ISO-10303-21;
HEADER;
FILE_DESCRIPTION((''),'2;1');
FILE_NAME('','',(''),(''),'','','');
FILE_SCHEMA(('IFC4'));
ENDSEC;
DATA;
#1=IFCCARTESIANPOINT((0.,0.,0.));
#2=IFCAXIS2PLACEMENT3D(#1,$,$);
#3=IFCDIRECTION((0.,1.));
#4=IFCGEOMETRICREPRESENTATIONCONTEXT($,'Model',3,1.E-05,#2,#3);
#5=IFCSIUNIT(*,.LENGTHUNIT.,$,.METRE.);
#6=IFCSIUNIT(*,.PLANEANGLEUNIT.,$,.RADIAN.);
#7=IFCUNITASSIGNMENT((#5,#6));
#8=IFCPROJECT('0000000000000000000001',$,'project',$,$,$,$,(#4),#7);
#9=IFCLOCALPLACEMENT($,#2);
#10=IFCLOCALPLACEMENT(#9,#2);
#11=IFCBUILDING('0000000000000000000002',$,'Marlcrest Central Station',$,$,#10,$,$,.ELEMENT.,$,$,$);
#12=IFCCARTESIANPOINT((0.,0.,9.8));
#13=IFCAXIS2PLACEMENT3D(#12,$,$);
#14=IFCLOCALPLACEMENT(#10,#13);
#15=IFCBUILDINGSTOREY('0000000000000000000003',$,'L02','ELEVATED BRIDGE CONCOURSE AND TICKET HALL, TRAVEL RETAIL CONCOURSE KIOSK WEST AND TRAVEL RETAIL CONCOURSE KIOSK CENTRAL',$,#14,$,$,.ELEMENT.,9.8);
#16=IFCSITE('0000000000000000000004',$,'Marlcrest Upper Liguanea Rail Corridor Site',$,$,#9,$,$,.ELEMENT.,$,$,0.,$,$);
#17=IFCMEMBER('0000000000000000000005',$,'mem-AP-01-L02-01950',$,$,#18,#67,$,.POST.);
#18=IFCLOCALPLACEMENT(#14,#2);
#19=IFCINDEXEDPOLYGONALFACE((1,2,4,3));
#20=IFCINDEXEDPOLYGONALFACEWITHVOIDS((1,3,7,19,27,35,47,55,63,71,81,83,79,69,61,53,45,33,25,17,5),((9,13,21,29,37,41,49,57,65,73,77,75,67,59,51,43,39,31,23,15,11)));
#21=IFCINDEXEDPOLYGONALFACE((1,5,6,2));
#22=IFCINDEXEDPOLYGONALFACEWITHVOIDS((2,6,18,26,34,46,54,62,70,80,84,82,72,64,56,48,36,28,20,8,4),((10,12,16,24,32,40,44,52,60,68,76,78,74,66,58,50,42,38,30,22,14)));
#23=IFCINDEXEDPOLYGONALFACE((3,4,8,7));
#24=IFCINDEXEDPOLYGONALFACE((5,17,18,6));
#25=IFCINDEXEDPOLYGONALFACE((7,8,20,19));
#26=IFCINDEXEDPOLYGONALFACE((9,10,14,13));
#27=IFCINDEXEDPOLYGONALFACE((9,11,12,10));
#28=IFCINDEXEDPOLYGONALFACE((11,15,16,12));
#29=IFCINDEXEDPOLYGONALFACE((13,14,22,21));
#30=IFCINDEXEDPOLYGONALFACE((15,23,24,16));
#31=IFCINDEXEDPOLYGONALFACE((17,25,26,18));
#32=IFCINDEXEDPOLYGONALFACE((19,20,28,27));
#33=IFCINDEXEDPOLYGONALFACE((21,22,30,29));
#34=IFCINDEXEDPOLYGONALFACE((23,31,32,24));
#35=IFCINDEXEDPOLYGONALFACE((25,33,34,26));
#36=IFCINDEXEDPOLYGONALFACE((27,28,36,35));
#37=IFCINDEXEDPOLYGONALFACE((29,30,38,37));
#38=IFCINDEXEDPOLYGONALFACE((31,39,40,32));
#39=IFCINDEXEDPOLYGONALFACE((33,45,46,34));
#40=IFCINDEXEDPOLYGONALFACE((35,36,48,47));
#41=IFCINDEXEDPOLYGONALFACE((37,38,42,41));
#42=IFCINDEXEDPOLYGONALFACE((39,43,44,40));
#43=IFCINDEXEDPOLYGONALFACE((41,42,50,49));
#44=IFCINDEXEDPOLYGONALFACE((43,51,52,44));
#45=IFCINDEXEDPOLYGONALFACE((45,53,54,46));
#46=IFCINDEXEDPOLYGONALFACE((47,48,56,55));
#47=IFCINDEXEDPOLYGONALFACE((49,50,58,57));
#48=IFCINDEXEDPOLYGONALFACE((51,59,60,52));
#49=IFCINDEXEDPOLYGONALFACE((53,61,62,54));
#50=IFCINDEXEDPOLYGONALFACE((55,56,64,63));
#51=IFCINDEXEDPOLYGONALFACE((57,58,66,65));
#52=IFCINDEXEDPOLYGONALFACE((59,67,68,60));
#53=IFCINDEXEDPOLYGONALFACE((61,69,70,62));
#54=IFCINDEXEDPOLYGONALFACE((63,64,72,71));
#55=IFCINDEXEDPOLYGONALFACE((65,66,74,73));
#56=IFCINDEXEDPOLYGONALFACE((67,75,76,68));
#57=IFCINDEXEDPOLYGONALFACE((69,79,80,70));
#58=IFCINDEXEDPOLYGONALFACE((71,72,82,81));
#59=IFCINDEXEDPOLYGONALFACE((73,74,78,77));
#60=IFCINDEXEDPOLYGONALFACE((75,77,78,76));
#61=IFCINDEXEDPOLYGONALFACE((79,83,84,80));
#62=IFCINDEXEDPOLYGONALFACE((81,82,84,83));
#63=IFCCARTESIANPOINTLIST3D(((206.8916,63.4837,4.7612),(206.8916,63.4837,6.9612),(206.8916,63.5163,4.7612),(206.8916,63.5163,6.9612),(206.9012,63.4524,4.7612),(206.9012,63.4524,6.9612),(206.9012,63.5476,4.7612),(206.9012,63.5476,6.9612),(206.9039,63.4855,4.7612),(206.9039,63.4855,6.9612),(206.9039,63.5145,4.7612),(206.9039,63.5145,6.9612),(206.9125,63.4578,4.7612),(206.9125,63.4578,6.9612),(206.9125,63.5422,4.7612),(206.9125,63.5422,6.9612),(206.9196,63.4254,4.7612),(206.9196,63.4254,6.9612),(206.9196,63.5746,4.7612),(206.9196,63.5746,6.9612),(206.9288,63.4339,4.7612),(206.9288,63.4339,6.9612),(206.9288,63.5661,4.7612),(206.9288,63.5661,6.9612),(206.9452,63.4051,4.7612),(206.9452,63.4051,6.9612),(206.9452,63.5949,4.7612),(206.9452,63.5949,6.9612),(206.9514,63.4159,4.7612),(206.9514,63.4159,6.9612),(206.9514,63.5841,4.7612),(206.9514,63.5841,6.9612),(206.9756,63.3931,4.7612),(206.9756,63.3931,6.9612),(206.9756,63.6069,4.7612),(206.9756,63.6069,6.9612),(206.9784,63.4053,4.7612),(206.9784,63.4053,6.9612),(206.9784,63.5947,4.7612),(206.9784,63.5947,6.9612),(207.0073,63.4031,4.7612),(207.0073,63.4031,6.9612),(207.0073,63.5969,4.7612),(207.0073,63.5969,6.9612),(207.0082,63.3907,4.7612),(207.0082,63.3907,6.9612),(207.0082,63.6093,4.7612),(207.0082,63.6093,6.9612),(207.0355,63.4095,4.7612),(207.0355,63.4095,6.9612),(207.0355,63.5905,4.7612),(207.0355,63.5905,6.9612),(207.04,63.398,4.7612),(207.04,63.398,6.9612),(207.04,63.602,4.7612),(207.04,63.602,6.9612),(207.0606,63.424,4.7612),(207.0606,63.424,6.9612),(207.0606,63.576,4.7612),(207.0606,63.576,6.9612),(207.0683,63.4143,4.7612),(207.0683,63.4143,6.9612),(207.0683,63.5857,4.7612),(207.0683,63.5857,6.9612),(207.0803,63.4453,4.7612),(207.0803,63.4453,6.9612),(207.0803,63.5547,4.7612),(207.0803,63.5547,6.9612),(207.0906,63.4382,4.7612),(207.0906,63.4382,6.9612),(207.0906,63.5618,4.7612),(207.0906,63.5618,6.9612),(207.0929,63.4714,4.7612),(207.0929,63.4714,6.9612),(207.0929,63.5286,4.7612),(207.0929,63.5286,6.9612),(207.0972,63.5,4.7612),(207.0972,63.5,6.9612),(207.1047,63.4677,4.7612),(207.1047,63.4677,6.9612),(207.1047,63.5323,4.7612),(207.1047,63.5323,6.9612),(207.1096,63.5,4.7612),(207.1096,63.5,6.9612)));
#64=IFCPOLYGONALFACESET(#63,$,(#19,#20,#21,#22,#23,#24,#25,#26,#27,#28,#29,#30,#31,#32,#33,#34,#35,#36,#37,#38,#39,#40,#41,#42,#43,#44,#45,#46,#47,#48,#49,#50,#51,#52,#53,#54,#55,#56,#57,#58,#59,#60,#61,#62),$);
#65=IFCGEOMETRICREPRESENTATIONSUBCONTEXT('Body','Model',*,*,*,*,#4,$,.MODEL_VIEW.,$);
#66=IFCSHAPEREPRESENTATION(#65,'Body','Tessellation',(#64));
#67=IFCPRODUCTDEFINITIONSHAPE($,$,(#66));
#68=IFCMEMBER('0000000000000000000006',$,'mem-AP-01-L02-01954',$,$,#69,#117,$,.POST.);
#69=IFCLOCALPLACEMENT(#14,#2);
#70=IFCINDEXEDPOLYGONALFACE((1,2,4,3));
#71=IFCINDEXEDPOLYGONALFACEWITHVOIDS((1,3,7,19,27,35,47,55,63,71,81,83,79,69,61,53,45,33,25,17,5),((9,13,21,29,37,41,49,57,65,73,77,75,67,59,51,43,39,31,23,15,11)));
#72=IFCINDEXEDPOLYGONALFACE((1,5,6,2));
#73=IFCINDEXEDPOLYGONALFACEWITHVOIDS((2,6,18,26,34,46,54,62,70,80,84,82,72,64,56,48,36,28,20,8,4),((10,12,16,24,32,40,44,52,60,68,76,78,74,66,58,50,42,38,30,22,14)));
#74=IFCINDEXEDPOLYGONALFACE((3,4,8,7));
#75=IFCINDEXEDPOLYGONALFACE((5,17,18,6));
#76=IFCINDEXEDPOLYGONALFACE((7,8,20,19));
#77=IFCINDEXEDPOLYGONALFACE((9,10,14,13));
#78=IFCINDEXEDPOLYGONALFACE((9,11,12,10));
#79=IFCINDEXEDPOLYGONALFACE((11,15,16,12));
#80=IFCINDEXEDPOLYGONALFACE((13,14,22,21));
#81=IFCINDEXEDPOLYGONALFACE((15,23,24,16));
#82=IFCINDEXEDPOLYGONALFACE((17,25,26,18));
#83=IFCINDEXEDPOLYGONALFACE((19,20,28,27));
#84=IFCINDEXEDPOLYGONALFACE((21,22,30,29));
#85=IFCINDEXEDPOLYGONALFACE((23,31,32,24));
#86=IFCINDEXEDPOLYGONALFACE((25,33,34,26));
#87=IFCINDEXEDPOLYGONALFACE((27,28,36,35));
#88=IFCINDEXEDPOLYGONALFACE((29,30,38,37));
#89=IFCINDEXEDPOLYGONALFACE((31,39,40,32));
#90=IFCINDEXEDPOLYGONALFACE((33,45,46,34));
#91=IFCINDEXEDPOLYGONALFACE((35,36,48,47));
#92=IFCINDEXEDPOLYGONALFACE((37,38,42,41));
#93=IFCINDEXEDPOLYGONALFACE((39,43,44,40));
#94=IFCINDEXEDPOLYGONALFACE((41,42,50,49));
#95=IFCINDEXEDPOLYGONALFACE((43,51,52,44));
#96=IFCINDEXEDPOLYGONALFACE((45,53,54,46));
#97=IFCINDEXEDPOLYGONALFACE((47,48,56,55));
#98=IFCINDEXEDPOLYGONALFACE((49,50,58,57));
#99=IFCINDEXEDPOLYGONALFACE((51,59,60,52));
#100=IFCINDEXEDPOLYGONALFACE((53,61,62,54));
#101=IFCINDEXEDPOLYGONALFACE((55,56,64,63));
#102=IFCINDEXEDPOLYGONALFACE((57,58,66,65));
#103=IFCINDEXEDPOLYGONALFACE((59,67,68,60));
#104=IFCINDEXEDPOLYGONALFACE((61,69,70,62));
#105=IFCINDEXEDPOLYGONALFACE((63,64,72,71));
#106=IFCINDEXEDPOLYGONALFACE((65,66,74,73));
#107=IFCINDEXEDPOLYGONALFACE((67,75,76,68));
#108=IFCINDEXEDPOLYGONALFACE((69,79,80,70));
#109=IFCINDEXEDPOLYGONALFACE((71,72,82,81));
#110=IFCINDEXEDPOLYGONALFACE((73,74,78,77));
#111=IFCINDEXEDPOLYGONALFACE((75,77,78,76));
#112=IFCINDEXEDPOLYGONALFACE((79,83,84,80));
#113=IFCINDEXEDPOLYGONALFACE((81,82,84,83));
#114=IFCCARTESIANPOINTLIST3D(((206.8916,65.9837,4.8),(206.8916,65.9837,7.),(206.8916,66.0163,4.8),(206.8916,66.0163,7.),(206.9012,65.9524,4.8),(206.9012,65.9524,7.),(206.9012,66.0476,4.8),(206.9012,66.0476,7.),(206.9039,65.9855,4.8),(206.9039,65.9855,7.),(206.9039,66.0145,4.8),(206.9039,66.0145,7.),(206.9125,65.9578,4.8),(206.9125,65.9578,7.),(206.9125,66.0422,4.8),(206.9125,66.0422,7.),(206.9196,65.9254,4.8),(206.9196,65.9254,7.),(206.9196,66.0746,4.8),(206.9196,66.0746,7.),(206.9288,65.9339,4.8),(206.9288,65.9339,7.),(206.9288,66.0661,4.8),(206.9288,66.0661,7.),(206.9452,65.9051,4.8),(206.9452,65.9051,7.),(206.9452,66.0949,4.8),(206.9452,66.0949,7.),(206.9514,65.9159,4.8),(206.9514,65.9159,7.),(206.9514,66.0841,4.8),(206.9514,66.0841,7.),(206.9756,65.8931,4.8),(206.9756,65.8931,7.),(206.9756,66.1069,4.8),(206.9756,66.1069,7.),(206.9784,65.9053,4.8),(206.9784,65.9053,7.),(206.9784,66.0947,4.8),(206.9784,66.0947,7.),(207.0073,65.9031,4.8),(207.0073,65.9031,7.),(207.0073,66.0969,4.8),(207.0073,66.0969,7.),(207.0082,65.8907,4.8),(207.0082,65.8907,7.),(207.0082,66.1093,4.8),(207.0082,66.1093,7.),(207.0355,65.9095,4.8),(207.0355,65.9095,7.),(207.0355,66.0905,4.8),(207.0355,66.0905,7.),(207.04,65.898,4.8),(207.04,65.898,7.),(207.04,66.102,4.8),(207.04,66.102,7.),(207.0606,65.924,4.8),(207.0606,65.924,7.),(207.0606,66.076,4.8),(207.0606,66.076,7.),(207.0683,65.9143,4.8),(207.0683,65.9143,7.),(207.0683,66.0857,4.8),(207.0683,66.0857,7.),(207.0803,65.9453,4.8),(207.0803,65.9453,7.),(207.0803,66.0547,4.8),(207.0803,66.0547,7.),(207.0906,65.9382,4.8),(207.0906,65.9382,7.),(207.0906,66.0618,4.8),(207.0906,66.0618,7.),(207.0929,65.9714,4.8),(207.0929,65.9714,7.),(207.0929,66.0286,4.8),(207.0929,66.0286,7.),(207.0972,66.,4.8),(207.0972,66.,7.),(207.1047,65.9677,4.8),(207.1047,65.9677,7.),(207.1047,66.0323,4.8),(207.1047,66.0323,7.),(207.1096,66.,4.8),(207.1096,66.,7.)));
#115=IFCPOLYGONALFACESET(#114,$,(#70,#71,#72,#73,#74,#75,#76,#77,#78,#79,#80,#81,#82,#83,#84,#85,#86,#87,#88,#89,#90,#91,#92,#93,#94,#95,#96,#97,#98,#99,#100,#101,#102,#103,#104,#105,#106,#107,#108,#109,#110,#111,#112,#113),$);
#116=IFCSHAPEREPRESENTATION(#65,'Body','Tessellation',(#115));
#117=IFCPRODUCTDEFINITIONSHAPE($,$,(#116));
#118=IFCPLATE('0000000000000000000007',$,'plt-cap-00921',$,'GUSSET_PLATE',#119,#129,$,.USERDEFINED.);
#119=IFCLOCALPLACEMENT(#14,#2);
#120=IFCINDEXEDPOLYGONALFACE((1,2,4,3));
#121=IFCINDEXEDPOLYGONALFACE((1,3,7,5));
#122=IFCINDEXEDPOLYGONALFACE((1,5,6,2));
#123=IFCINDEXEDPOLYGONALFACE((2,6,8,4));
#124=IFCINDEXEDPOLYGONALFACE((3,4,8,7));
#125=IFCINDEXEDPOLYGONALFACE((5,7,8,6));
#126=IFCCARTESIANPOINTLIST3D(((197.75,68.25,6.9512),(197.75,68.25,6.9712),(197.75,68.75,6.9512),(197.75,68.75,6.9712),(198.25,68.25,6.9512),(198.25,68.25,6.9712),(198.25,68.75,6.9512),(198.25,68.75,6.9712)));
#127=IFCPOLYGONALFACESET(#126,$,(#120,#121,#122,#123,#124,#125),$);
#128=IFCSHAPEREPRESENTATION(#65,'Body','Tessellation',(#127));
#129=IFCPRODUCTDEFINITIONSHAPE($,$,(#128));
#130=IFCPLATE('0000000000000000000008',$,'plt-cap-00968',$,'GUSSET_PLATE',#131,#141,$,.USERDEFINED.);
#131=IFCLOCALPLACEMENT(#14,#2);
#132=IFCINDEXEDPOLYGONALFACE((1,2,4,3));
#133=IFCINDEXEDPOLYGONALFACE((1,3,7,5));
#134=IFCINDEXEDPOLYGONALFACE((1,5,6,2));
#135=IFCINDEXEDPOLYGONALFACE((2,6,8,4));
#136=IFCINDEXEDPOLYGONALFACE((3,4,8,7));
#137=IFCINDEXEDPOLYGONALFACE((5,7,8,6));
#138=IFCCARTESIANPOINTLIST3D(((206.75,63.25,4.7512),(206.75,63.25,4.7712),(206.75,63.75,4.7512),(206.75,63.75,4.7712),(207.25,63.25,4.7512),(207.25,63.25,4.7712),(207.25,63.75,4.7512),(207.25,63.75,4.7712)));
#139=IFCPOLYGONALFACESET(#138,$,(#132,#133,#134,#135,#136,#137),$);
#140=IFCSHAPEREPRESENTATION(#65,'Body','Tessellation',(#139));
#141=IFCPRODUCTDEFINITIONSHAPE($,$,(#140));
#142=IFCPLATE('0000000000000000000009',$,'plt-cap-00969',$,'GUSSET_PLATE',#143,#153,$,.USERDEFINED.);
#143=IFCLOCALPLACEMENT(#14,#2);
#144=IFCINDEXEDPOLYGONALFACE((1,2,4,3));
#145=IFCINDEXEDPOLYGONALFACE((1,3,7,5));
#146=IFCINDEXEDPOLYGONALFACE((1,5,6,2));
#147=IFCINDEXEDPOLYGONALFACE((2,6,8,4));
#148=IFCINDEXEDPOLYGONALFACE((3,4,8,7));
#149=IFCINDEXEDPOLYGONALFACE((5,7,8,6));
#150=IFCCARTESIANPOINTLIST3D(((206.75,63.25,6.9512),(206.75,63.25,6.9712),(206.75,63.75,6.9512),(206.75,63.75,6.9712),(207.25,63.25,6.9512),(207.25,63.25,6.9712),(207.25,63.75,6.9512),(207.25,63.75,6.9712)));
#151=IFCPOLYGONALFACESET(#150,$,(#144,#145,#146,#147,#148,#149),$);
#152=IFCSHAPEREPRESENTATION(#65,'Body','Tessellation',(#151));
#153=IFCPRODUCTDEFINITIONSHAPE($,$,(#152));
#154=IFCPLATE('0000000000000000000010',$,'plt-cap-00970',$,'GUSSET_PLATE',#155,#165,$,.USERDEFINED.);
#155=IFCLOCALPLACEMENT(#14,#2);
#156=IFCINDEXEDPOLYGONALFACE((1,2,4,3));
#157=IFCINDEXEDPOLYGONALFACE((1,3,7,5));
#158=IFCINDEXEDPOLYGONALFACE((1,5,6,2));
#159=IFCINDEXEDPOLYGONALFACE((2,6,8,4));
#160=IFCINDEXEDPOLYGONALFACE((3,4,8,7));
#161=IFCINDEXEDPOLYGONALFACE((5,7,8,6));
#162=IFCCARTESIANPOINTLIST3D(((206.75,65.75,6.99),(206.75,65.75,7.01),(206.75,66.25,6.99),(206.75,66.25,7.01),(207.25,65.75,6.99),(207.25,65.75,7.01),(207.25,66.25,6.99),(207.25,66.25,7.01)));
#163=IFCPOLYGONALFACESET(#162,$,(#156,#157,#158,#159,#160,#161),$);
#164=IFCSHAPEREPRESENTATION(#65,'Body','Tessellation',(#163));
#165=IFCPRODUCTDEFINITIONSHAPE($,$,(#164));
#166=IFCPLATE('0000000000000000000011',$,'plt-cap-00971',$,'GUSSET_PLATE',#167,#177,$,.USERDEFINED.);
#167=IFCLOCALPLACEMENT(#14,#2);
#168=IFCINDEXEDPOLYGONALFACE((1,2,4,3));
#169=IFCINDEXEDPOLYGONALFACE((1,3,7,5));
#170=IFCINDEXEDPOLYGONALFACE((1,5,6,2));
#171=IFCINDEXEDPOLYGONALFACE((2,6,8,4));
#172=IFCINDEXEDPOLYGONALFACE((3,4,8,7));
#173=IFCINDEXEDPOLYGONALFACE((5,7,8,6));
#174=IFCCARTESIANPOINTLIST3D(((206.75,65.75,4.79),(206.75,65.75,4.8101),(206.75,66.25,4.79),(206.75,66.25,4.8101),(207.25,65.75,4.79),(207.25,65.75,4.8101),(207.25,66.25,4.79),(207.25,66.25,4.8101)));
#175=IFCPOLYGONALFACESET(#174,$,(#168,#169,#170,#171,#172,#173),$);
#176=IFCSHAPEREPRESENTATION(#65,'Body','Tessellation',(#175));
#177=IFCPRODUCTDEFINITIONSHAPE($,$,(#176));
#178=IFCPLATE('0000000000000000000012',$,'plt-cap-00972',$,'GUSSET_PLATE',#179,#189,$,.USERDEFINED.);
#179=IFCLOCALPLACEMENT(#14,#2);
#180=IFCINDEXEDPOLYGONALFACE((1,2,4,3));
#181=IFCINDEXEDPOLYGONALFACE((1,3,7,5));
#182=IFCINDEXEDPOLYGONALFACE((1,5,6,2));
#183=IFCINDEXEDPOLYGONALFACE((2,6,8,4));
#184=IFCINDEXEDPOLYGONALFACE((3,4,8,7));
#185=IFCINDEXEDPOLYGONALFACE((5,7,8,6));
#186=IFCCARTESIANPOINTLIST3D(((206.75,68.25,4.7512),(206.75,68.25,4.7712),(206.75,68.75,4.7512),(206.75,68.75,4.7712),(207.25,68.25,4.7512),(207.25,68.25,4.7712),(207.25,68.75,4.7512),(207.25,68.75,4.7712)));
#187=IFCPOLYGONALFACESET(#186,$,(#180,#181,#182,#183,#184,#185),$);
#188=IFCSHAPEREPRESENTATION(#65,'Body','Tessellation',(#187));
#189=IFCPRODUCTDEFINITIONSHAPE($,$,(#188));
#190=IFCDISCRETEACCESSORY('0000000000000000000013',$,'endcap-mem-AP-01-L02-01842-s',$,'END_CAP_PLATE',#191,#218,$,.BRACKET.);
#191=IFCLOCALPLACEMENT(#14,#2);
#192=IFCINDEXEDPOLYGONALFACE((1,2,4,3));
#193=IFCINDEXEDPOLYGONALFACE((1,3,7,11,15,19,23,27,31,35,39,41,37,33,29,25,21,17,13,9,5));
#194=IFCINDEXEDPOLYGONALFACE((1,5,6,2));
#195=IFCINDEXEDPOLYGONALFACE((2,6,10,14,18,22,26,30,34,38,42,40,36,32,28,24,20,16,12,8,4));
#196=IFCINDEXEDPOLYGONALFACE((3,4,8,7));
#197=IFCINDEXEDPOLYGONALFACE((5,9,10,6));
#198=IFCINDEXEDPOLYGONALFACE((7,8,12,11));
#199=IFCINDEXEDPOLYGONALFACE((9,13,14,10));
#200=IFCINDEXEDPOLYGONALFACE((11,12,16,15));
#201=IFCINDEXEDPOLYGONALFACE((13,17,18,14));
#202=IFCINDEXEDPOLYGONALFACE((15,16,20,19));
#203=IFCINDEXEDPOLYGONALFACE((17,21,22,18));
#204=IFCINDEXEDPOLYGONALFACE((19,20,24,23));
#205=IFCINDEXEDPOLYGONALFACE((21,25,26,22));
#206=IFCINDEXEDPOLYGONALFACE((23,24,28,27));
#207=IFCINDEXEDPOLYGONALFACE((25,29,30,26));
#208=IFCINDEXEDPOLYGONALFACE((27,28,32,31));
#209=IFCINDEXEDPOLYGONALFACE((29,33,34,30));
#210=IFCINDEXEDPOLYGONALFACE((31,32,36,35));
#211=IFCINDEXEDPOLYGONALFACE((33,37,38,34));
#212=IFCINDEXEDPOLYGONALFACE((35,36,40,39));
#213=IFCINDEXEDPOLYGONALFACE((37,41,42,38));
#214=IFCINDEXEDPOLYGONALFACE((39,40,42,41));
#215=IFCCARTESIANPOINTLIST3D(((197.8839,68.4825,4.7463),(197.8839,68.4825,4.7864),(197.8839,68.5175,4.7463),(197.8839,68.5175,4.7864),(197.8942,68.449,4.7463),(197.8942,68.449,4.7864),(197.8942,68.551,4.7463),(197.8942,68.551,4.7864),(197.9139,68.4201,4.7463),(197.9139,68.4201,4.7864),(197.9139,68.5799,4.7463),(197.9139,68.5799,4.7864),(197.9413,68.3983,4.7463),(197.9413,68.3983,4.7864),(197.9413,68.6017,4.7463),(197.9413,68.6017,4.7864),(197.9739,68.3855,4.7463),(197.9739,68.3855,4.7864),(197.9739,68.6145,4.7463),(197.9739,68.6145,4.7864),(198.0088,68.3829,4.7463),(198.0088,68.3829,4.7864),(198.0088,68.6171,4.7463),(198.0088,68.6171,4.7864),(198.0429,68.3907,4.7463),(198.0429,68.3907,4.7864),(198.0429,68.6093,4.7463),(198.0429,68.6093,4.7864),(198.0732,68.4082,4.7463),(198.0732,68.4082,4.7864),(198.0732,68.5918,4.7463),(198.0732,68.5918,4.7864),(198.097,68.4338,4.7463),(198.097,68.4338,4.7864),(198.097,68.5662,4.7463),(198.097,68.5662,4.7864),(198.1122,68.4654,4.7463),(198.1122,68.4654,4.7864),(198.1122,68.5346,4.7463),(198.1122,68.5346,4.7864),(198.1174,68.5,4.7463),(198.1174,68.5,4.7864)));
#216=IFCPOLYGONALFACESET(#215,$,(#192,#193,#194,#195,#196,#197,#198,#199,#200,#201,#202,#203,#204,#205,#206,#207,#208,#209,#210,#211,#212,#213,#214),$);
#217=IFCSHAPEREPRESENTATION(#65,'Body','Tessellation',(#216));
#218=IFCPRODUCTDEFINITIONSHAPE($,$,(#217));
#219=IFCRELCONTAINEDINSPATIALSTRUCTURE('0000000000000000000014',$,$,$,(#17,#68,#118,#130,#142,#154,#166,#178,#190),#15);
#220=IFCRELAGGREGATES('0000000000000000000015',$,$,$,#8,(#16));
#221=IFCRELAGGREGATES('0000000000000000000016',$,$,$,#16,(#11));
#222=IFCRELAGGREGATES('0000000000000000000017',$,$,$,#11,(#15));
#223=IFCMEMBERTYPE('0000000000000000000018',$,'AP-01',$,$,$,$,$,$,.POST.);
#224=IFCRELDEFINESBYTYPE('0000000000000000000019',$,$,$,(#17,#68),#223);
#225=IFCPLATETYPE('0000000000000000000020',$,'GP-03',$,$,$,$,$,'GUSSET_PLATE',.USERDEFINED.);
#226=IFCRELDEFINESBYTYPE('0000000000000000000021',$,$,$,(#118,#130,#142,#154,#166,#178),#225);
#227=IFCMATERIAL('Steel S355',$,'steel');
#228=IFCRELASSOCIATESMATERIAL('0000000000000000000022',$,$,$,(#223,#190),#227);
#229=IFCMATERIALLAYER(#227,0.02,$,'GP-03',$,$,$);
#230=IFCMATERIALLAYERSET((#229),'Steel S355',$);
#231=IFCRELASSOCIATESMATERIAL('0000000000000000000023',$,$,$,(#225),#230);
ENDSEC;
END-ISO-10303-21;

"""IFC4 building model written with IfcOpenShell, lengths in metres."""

from ifc_helpers import new_model, si_unit, direction, frame, origin, origin_2d, place, context, subcontext, project, spatial, rectangle, circle, hollow_circle, extrude, material, layer, layer_set, material_profile, profile_set, type_object, element, save


model = new_model("IFC4")

# Units and contexts
model_context = context("Model", 3, precision=1e-05, world=origin(), true_north=direction((0.0, 1.0)))
body_context = subcontext(model_context, "Body", "Model", "MODEL_VIEW")
ifc_project = project(units=[si_unit("LENGTHUNIT", "METRE"), si_unit("PLANEANGLEUNIT", "RADIAN")], contexts=[model_context])

# Site, building, storey
site_placement = place(None, origin())
site = spatial("IfcSite", under=ifc_project, at=site_placement, Name="Marlcrest Upper Liguanea Rail Corridor Site", CompositionType="ELEMENT", RefElevation=0.0)
building_placement = place(site_placement, origin())
building = spatial("IfcBuilding", under=site, at=building_placement, Name="Marlcrest Central Station", CompositionType="ELEMENT")
storey_placement = place(building_placement, frame((0.0, 0.0, 9.8)))
storey = spatial("IfcBuildingStorey", under=building, at=storey_placement, Name="L02", Description="ELEVATED BRIDGE CONCOURSE AND TICKET HALL, TRAVEL RETAIL CONCOURSE KIOSK WEST AND TRAVEL RETAIL CONCOURSE KIOSK CENTRAL", CompositionType="ELEMENT", Elevation=9.8)

# Members
ifc_material = material(Name="Steel S355", Category="steel")
ifc_material_profile_1 = material_profile(ifc_material, hollow_circle(Radius=0.1096, WallThickness=0.0125, at=origin_2d()), Name="CHS 219.1x12.5")
ifc_profile_set_1 = profile_set([ifc_material_profile_1], Name="Steel S355")
member_type_1 = type_object("IfcMemberType", Name="AP-01", PredefinedType="POST", material=ifc_profile_set_1)
for number, where, z_axis, x_axis, name in (
    (1, (207.0, 63.5, 4.7612), (0.0, 0.0, 1.0), (1.0, 0.0, 0.0), "mem-AP-01-L02-01950"),
    (2, (207.0, 66.0, 4.8), (0.0, 0.0, 1.0), (1.0, 0.0, 0.0), "mem-AP-01-L02-01954"),
):
    element("IfcMember", number, at=place(storey_placement, frame(where, z_axis=z_axis, x_axis=x_axis)), inside=storey, type_object=member_type_1, Name=name, PredefinedType="POST", context=body_context, shape_type="SweptSolid", body=[
        extrude(hollow_circle(Radius=0.1096, WallThickness=0.0125, at=origin_2d()), origin(), (0.0, 0.0, 1.0), 2.2),
    ])

# Plates
ifc_layer = layer(ifc_material, 0.02, Name="GP-03")
ifc_layer_set = layer_set([ifc_layer], Name="Steel S355")
plate_type = type_object("IfcPlateType", Name="GP-03", ElementType="GUSSET_PLATE", PredefinedType="USERDEFINED", material=ifc_layer_set)
for number, where, z_axis, x_axis, name in (
    (3, (198.0, 68.5, 6.9512), (0.0, 0.0, 1.0), (1.0, 0.0, 0.0), "plt-cap-00921"),
    (4, (207.0, 63.5, 4.7512), (0.0, 0.0, 1.0), (1.0, 0.0, 0.0), "plt-cap-00968"),
    (5, (207.0, 63.5, 6.9512), (0.0, 0.0, 1.0), (1.0, 0.0, 0.0), "plt-cap-00969"),
    (6, (207.0, 66.0, 6.99), (0.0, 0.0, 1.0), (1.0, 0.0, 0.0), "plt-cap-00970"),
    (7, (207.0, 66.0, 4.79), (0.0, 0.0, 1.0), (1.0, 0.0, 0.0), "plt-cap-00971"),
    (8, (207.0, 68.5, 4.7512), (0.0, 0.0, 1.0), (1.0, 0.0, 0.0), "plt-cap-00972"),
):
    element("IfcPlate", number, at=place(storey_placement, frame(where, z_axis=z_axis, x_axis=x_axis)), inside=storey, type_object=plate_type, Name=name, ObjectType="GUSSET_PLATE", PredefinedType="USERDEFINED", context=body_context, shape_type="SweptSolid", body=[
        extrude(rectangle(XDim=0.5, YDim=0.5, at=origin_2d()), origin(), (0.0, 0.0, 1.0), 0.02),
    ])

# Discrete accessory
for number, where, z_axis, x_axis, name in (
    (9, (198.0, 68.5, 4.7463), (0.0, 0.0, 1.0), (1.0, 0.0, 0.0), "endcap-mem-AP-01-L02-01842-s"),
):
    element("IfcDiscreteAccessory", number, at=place(storey_placement, frame(where, z_axis=z_axis, x_axis=x_axis)), inside=storey, material=ifc_material, Name=name, ObjectType="END_CAP_PLATE", PredefinedType="BRACKET", context=body_context, shape_type="SweptSolid", body=[
        extrude(circle(Radius=0.1174, at=origin_2d()), origin(), (0.0, 0.0, 1.0), 0.04),
    ])

save(model, "model.ifc")
